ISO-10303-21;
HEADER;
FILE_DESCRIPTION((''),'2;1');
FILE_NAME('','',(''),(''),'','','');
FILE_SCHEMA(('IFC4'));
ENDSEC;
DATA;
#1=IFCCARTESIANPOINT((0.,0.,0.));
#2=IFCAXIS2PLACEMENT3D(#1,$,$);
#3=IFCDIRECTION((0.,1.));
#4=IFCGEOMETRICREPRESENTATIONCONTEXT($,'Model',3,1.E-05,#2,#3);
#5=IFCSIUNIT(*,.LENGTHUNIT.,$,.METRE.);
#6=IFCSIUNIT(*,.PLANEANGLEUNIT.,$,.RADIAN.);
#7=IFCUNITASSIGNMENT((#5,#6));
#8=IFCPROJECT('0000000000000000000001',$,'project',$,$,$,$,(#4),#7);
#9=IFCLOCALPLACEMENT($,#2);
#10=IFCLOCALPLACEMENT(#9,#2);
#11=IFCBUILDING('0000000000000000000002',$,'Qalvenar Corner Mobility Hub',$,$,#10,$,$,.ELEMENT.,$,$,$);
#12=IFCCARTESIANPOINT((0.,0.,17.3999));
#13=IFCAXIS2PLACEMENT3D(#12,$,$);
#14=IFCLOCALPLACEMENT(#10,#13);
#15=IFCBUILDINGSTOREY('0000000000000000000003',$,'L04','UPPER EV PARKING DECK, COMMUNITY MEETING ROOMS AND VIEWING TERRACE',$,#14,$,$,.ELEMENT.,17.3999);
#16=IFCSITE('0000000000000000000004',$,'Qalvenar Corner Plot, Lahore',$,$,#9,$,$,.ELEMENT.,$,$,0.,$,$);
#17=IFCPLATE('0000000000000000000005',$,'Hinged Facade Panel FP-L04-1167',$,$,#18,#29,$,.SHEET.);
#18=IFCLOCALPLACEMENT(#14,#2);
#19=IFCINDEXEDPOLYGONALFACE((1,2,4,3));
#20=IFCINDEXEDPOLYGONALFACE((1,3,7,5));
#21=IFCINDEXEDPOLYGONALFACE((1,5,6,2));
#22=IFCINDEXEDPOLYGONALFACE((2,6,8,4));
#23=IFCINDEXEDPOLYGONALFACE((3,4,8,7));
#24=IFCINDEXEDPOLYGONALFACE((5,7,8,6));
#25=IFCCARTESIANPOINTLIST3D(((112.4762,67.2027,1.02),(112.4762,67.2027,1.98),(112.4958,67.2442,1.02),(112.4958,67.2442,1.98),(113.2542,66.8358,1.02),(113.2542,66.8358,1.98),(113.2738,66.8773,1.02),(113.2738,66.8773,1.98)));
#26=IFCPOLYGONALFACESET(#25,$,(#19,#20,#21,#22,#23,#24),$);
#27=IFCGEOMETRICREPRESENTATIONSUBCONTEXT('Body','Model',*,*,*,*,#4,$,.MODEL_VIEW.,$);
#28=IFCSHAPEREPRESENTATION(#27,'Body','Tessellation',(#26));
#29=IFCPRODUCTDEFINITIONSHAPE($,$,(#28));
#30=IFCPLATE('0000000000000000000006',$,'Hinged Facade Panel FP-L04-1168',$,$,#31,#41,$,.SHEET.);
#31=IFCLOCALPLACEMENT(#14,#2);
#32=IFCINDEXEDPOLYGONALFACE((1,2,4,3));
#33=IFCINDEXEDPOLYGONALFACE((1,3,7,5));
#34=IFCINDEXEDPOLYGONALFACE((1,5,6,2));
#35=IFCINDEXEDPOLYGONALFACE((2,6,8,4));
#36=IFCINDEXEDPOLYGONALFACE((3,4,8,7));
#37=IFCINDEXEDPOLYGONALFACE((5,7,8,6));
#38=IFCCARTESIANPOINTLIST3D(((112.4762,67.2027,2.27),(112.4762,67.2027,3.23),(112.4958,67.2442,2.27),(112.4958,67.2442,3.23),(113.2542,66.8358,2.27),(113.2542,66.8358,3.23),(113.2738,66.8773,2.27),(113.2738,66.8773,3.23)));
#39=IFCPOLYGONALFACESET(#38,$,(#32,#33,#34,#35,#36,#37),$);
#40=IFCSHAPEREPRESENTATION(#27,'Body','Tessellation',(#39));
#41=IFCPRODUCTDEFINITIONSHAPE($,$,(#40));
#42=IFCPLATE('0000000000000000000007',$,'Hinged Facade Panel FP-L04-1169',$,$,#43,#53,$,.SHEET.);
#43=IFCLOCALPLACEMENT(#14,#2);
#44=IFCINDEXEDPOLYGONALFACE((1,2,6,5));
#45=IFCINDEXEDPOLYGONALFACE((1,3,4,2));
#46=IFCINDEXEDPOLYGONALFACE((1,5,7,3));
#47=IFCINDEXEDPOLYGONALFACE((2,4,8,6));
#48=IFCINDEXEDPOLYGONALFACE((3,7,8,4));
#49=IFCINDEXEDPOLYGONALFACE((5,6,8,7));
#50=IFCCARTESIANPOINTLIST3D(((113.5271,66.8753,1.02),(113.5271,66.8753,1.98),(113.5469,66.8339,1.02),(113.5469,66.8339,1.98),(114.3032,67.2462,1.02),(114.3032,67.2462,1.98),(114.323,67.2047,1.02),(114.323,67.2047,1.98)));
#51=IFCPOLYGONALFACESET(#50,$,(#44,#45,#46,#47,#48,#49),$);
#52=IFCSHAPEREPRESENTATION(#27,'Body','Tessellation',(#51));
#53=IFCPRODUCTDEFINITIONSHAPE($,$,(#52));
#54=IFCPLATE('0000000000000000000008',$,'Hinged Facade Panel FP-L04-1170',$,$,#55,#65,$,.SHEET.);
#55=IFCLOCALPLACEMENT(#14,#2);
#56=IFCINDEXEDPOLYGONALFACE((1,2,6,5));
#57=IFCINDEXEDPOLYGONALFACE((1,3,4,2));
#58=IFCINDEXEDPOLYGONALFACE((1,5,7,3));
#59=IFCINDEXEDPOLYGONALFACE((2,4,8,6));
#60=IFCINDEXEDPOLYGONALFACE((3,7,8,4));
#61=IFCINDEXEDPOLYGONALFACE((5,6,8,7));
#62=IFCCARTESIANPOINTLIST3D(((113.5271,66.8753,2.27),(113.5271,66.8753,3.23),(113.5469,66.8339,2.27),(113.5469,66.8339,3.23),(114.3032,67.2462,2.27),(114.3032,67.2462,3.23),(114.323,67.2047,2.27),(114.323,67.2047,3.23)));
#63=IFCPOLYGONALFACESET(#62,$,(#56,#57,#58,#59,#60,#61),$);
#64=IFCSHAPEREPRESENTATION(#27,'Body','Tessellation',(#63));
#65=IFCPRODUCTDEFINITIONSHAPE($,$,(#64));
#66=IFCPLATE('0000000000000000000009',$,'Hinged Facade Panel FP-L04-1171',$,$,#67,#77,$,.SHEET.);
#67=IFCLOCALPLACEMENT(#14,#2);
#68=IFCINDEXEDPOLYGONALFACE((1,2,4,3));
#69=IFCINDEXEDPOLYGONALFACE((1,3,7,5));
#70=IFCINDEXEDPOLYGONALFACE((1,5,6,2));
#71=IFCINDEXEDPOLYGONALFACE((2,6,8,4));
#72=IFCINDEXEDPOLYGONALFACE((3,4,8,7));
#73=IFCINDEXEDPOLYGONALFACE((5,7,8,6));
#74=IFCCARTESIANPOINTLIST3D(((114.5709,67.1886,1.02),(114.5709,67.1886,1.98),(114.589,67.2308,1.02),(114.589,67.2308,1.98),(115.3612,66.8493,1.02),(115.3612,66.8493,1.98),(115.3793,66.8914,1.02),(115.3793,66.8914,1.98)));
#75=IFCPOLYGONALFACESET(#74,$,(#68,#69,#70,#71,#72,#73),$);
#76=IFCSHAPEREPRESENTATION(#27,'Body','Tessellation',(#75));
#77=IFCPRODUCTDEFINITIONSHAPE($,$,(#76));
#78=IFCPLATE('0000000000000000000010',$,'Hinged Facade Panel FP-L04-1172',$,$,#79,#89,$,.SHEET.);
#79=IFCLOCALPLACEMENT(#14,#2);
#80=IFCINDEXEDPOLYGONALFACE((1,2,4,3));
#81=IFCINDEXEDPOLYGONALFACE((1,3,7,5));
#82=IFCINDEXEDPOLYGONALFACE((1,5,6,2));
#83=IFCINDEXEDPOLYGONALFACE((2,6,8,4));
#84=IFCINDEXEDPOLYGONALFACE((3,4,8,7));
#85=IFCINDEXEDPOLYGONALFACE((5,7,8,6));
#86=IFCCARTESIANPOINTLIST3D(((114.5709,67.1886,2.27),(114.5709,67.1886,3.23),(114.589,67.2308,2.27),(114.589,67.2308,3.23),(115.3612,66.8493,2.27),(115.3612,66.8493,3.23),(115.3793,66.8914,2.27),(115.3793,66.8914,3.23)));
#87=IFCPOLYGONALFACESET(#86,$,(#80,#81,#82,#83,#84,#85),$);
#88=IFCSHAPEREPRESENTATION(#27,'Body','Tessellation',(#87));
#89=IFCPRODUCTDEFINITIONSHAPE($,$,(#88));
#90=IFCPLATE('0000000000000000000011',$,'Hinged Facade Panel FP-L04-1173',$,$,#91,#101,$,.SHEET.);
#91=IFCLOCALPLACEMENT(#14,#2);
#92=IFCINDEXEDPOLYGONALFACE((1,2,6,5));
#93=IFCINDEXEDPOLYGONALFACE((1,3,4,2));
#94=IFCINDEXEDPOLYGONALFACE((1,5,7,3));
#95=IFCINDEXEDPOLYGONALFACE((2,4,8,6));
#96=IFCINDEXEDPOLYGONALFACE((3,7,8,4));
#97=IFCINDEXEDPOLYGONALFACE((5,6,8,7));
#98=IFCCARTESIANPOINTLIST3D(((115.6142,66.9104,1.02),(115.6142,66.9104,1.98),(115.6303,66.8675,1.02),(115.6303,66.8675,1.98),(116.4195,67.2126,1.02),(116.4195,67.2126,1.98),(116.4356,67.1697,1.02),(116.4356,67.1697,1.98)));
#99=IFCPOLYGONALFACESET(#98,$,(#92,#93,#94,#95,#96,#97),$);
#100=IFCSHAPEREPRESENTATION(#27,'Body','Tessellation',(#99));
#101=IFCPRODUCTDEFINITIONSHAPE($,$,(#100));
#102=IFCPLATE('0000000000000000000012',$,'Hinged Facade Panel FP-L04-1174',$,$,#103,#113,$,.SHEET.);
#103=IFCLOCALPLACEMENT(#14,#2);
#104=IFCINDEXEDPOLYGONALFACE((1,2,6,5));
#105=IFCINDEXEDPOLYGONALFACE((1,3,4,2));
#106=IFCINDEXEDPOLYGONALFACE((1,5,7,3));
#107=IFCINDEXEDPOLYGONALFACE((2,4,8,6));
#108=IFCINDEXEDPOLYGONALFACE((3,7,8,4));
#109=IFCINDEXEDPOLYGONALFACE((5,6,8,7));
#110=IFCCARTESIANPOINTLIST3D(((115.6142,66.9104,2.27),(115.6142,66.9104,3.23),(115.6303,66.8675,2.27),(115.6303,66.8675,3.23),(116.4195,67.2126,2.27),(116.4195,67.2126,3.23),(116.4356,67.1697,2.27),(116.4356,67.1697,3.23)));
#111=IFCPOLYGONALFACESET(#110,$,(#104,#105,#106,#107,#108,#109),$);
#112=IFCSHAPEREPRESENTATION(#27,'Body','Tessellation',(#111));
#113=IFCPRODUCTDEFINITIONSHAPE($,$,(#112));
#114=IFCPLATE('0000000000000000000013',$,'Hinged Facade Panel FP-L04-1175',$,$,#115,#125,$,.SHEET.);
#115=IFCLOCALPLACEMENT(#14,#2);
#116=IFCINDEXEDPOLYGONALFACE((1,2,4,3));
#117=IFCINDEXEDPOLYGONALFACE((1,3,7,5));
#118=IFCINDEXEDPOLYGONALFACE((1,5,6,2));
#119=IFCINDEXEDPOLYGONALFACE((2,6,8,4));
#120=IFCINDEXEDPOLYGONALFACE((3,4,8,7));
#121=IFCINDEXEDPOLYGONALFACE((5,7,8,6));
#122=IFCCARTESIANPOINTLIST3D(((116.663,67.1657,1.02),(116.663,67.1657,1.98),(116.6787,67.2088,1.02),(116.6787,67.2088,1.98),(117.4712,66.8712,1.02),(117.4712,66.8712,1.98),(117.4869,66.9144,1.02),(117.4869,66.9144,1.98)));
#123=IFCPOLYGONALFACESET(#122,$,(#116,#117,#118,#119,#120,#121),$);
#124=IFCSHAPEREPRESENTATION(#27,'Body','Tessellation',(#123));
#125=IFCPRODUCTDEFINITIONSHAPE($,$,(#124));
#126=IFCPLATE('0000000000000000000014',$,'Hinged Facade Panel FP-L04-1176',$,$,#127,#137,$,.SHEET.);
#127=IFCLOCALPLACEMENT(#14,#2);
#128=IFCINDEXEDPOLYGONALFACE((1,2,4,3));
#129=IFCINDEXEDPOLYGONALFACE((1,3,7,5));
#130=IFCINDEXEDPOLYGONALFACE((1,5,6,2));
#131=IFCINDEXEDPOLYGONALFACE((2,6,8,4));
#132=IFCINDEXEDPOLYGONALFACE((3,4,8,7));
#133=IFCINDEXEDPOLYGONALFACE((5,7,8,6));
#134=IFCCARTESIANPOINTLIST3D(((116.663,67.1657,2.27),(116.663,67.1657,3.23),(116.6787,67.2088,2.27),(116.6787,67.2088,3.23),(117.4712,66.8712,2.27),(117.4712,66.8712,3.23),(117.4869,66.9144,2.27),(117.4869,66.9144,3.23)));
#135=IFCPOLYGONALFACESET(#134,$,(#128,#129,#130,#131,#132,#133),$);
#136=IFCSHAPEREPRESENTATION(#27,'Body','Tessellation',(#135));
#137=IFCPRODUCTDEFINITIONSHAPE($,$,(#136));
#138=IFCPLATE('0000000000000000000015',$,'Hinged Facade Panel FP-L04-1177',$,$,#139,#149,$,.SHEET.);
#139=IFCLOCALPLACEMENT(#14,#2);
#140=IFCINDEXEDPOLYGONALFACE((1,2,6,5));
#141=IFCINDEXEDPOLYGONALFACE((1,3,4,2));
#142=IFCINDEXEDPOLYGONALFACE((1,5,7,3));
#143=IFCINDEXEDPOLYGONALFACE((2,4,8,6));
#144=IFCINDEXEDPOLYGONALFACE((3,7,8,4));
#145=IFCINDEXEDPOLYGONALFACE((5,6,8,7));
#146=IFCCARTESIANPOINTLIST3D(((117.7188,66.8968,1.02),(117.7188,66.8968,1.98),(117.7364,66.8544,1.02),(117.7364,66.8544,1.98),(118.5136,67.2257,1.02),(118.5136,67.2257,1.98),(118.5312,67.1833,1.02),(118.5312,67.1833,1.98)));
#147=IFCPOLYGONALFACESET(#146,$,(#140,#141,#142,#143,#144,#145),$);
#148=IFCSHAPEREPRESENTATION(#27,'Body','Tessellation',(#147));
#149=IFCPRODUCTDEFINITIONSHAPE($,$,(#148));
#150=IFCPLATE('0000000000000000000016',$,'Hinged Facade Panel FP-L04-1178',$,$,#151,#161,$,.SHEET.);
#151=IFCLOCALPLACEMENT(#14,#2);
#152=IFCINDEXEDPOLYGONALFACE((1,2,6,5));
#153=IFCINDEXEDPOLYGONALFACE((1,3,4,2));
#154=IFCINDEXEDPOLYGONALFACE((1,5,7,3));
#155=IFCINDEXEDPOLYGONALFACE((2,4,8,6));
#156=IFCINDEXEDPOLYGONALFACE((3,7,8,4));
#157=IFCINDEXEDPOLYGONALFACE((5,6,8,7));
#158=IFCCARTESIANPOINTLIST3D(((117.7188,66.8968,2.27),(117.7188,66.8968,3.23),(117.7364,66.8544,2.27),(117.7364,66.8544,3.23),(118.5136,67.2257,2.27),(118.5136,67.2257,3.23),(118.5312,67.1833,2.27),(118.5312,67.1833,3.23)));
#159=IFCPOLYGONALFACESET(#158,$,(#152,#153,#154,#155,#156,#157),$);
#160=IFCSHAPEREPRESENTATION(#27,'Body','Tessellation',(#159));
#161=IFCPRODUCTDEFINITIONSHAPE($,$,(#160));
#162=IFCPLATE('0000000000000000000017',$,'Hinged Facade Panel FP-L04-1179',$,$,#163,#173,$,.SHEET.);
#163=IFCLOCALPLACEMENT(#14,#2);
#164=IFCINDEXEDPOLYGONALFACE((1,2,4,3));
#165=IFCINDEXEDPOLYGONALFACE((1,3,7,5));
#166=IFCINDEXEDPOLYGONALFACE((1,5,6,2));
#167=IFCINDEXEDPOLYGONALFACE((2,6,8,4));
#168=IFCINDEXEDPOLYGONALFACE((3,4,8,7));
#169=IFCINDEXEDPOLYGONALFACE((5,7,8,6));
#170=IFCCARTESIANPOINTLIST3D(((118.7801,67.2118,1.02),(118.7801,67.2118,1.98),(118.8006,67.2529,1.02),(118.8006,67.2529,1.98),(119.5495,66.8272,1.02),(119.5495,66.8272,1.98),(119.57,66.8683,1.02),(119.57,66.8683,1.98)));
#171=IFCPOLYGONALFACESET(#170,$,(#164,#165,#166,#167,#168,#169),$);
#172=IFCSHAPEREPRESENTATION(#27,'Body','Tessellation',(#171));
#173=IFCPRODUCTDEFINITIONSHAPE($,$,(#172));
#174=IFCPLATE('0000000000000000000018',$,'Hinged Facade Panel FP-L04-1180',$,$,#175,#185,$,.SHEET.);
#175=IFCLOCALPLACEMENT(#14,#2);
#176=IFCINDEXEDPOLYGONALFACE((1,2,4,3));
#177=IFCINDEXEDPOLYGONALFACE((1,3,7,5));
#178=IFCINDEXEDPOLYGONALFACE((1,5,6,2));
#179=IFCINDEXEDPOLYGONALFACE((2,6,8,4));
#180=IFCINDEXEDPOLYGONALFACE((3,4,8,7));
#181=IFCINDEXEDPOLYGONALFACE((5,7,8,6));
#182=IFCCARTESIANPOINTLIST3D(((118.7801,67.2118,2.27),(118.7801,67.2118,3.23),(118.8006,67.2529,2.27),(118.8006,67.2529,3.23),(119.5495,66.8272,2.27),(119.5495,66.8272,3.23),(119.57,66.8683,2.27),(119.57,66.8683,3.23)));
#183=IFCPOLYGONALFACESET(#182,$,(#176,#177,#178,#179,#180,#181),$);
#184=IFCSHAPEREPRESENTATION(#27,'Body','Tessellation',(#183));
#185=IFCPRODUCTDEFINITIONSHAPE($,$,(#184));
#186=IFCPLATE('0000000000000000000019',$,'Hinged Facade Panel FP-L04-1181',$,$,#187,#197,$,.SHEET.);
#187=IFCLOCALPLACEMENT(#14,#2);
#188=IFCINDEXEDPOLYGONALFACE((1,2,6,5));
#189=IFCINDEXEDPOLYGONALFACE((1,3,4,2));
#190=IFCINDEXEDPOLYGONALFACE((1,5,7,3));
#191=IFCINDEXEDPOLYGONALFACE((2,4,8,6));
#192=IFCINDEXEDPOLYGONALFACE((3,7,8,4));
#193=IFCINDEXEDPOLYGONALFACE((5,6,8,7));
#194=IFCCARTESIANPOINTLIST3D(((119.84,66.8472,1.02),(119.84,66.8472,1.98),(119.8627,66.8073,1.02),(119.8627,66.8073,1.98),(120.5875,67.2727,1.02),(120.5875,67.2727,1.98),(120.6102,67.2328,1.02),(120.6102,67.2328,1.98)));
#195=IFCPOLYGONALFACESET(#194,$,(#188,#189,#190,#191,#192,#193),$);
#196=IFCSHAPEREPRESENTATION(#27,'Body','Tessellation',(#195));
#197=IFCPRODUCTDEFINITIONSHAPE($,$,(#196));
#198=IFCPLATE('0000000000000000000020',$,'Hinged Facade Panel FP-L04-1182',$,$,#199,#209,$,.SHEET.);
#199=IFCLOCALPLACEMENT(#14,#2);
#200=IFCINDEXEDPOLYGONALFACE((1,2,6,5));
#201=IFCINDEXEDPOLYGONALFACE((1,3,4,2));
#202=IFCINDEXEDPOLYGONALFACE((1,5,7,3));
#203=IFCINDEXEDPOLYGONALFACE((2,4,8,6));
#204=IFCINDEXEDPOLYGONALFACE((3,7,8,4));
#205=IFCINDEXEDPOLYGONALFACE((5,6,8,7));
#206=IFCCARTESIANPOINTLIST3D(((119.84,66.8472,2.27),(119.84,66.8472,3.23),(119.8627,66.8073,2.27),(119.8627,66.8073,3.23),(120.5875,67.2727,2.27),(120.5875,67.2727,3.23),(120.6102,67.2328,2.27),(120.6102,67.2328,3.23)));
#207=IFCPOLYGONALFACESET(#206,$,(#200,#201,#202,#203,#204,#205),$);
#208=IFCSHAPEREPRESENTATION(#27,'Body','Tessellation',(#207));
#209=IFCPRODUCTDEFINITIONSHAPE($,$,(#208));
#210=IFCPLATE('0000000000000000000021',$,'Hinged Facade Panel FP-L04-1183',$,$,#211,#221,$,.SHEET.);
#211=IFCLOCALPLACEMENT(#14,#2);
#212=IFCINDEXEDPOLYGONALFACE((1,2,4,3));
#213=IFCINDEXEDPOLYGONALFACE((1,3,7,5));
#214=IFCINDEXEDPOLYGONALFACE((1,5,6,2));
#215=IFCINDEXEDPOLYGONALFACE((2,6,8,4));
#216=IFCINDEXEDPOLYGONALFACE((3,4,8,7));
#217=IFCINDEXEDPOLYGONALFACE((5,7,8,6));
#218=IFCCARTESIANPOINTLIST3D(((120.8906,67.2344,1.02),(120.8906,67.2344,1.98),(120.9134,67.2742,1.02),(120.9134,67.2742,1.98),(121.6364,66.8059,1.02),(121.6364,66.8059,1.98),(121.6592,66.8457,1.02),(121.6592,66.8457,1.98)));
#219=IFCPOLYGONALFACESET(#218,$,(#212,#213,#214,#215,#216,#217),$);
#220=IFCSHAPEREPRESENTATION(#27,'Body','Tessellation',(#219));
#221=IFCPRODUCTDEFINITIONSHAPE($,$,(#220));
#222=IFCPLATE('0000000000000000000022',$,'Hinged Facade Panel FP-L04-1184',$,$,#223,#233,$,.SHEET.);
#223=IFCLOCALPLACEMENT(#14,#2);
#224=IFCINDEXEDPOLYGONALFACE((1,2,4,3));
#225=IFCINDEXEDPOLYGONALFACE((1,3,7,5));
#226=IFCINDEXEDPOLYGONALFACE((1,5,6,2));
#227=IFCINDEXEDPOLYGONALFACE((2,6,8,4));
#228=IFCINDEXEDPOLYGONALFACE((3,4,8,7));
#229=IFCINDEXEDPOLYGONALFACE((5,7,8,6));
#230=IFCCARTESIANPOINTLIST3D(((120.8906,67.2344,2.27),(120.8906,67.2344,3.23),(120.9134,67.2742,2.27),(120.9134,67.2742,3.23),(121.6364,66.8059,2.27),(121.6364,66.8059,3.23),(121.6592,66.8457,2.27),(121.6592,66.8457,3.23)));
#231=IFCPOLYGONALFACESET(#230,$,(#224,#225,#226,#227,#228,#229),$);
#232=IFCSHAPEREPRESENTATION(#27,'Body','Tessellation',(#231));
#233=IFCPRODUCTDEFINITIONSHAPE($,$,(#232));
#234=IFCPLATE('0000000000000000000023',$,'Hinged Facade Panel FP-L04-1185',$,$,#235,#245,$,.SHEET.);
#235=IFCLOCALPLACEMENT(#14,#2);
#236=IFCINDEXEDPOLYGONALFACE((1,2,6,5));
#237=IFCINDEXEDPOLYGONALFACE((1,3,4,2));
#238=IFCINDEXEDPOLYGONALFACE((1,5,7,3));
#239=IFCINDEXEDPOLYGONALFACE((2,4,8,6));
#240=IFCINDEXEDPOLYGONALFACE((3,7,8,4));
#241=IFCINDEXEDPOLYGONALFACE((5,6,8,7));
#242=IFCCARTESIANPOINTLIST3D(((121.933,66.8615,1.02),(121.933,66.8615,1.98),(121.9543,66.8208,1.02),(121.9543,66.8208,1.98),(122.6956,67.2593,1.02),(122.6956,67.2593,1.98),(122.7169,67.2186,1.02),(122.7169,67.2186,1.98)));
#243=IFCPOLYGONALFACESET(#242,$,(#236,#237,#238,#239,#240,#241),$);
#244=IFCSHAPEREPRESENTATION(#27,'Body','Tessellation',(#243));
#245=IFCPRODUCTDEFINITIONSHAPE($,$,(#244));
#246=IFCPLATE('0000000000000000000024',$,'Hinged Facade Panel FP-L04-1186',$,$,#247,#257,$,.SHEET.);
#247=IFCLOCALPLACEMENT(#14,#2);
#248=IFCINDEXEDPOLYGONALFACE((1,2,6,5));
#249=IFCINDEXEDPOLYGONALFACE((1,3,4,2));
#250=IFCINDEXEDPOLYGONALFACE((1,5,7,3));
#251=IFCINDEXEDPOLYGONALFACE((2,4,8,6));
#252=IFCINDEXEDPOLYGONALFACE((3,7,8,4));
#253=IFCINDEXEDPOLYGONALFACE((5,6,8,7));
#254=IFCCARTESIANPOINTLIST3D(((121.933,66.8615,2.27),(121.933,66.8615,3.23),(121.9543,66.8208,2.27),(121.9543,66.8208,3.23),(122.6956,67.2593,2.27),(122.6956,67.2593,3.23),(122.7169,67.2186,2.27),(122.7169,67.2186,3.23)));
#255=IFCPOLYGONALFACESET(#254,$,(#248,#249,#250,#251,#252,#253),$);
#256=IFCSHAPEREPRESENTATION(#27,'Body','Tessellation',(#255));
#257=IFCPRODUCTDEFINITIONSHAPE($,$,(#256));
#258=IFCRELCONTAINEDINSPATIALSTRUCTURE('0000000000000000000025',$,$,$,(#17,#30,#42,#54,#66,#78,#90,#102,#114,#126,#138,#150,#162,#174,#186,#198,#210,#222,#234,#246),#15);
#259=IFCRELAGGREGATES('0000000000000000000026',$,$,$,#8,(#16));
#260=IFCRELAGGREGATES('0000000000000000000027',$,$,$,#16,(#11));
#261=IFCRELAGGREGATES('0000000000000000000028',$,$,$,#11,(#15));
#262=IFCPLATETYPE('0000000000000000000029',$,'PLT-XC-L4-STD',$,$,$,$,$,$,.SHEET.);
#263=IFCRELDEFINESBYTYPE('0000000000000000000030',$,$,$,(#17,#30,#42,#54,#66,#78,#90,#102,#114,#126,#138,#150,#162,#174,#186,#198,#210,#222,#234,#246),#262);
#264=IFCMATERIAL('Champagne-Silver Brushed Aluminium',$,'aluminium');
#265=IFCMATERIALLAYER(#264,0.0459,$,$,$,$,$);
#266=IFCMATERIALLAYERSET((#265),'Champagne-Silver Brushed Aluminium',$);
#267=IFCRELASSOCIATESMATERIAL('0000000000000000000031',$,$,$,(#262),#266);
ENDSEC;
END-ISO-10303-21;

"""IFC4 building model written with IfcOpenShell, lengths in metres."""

from ifc_helpers import new_model, si_unit, direction, frame, origin, origin_2d, place, context, subcontext, project, spatial, rectangle, extrude, material, layer, layer_set, type_object, element, save


model = new_model("IFC4")

# Units and contexts
model_context = context("Model", 3, precision=1e-05, world=origin(), true_north=direction((0.0, 1.0)))
body_context = subcontext(model_context, "Body", "Model", "MODEL_VIEW")
ifc_project = project(units=[si_unit("LENGTHUNIT", "METRE"), si_unit("PLANEANGLEUNIT", "RADIAN")], contexts=[model_context])

# Site, building, storey
site_placement = place(None, origin())
site = spatial("IfcSite", under=ifc_project, at=site_placement, Name="Qalvenar Corner Plot, Lahore", CompositionType="ELEMENT", RefElevation=0.0)
building_placement = place(site_placement, origin())
building = spatial("IfcBuilding", under=site, at=building_placement, Name="Qalvenar Corner Mobility Hub", CompositionType="ELEMENT")
storey_placement = place(building_placement, frame((0.0, 0.0, 17.3999)))
storey = spatial("IfcBuildingStorey", under=building, at=storey_placement, Name="L04", Description="UPPER EV PARKING DECK, COMMUNITY MEETING ROOMS AND VIEWING TERRACE", CompositionType="ELEMENT", Elevation=17.3999)

# Plates
ifc_material_1 = material(Name="Champagne-Silver Brushed Aluminium", Category="aluminium")
ifc_layer = layer(ifc_material_1, 0.0459)
ifc_layer_set = layer_set([ifc_layer], Name="Champagne-Silver Brushed Aluminium")
plate_type = type_object("IfcPlateType", Name="PLT-XC-L4-STD", PredefinedType="SHEET", material=ifc_layer_set)
for number, where, z_axis, x_axis, name in (
    (1, (112.875, 67.04, 1.02), (0.0, 0.0, 1.0), (0.904455, -0.426569, 0.0), "Hinged Facade Panel FP-L04-1167"),
    (2, (112.875, 67.04, 2.27), (0.0, 0.0, 1.0), (0.904455, -0.426569, 0.0), "Hinged Facade Panel FP-L04-1168"),
    (3, (113.925, 67.04, 1.02), (0.0, 0.0, 1.0), (0.902285, 0.431141, 0.0), "Hinged Facade Panel FP-L04-1169"),
    (4, (113.925, 67.04, 2.27), (0.0, 0.0, 1.0), (0.902285, 0.431141, 0.0), "Hinged Facade Panel FP-L04-1170"),
    (5, (114.9751, 67.04, 1.02), (0.0, 0.0, 1.0), (0.91886, -0.394583, 0.0), "Hinged Facade Panel FP-L04-1171"),
    (6, (114.9751, 67.04, 2.27), (0.0, 0.0, 1.0), (0.91886, -0.394583, 0.0), "Hinged Facade Panel FP-L04-1172"),
    (7, (116.0249, 67.04, 1.02), (0.0, 0.0, 1.0), (0.936244, 0.351351, 0.0), "Hinged Facade Panel FP-L04-1173"),
    (8, (116.0249, 67.04, 2.27), (0.0, 0.0, 1.0), (0.936244, 0.351351, 0.0), "Hinged Facade Panel FP-L04-1174"),
    (9, (117.075, 67.04, 1.02), (0.0, 0.0, 1.0), (0.939573, -0.342348, 0.0), "Hinged Facade Panel FP-L04-1175"),
    (10, (117.075, 67.04, 2.27), (0.0, 0.0, 1.0), (0.939573, -0.342348, 0.0), "Hinged Facade Panel FP-L04-1176"),
    (11, (118.125, 67.04, 1.02), (0.0, 0.0, 1.0), (0.924013, 0.382361, 0.0), "Hinged Facade Panel FP-L04-1177"),
    (12, (118.125, 67.04, 2.27), (0.0, 0.0, 1.0), (0.924013, 0.382361, 0.0), "Hinged Facade Panel FP-L04-1178"),
    (13, (119.175, 67.04, 1.02), (0.0, 0.0, 1.0), (0.894467, -0.447135, 0.0), "Hinged Facade Panel FP-L04-1179"),
    (14, (119.175, 67.04, 2.27), (0.0, 0.0, 1.0), (0.894467, -0.447135, 0.0), "Hinged Facade Panel FP-L04-1180"),
    (15, (120.2251, 67.04, 1.02), (0.0, 0.0, 1.0), (0.869064, 0.4947, 0.0), "Hinged Facade Panel FP-L04-1181"),
    (16, (120.2251, 67.04, 2.27), (0.0, 0.0, 1.0), (0.869064, 0.4947, 0.0), "Hinged Facade Panel FP-L04-1182"),
    (17, (121.2749, 67.04, 1.02), (0.0, 0.0, 1.0), (0.867071, -0.498185, 0.0), "Hinged Facade Panel FP-L04-1183"),
    (18, (121.2749, 67.04, 2.27), (0.0, 0.0, 1.0), (0.867071, -0.498185, 0.0), "Hinged Facade Panel FP-L04-1184"),
    (19, (122.325, 67.04, 1.02), (0.0, 0.0, 1.0), (0.886608, 0.462523, 0.0), "Hinged Facade Panel FP-L04-1185"),
    (20, (122.325, 67.04, 2.27), (0.0, 0.0, 1.0), (0.886608, 0.462523, 0.0), "Hinged Facade Panel FP-L04-1186"),
):
    element("IfcPlate", number, at=place(storey_placement, frame(where, z_axis=z_axis, x_axis=x_axis)), inside=storey, type_object=plate_type, Name=name, PredefinedType="SHEET", context=body_context, shape_type="SweptSolid", body=[
        extrude(rectangle(XDim=0.8601, YDim=0.0459, at=origin_2d()), origin(), (0.0, 0.0, 1.0), 0.96),
    ])

save(model, "model.ifc")
